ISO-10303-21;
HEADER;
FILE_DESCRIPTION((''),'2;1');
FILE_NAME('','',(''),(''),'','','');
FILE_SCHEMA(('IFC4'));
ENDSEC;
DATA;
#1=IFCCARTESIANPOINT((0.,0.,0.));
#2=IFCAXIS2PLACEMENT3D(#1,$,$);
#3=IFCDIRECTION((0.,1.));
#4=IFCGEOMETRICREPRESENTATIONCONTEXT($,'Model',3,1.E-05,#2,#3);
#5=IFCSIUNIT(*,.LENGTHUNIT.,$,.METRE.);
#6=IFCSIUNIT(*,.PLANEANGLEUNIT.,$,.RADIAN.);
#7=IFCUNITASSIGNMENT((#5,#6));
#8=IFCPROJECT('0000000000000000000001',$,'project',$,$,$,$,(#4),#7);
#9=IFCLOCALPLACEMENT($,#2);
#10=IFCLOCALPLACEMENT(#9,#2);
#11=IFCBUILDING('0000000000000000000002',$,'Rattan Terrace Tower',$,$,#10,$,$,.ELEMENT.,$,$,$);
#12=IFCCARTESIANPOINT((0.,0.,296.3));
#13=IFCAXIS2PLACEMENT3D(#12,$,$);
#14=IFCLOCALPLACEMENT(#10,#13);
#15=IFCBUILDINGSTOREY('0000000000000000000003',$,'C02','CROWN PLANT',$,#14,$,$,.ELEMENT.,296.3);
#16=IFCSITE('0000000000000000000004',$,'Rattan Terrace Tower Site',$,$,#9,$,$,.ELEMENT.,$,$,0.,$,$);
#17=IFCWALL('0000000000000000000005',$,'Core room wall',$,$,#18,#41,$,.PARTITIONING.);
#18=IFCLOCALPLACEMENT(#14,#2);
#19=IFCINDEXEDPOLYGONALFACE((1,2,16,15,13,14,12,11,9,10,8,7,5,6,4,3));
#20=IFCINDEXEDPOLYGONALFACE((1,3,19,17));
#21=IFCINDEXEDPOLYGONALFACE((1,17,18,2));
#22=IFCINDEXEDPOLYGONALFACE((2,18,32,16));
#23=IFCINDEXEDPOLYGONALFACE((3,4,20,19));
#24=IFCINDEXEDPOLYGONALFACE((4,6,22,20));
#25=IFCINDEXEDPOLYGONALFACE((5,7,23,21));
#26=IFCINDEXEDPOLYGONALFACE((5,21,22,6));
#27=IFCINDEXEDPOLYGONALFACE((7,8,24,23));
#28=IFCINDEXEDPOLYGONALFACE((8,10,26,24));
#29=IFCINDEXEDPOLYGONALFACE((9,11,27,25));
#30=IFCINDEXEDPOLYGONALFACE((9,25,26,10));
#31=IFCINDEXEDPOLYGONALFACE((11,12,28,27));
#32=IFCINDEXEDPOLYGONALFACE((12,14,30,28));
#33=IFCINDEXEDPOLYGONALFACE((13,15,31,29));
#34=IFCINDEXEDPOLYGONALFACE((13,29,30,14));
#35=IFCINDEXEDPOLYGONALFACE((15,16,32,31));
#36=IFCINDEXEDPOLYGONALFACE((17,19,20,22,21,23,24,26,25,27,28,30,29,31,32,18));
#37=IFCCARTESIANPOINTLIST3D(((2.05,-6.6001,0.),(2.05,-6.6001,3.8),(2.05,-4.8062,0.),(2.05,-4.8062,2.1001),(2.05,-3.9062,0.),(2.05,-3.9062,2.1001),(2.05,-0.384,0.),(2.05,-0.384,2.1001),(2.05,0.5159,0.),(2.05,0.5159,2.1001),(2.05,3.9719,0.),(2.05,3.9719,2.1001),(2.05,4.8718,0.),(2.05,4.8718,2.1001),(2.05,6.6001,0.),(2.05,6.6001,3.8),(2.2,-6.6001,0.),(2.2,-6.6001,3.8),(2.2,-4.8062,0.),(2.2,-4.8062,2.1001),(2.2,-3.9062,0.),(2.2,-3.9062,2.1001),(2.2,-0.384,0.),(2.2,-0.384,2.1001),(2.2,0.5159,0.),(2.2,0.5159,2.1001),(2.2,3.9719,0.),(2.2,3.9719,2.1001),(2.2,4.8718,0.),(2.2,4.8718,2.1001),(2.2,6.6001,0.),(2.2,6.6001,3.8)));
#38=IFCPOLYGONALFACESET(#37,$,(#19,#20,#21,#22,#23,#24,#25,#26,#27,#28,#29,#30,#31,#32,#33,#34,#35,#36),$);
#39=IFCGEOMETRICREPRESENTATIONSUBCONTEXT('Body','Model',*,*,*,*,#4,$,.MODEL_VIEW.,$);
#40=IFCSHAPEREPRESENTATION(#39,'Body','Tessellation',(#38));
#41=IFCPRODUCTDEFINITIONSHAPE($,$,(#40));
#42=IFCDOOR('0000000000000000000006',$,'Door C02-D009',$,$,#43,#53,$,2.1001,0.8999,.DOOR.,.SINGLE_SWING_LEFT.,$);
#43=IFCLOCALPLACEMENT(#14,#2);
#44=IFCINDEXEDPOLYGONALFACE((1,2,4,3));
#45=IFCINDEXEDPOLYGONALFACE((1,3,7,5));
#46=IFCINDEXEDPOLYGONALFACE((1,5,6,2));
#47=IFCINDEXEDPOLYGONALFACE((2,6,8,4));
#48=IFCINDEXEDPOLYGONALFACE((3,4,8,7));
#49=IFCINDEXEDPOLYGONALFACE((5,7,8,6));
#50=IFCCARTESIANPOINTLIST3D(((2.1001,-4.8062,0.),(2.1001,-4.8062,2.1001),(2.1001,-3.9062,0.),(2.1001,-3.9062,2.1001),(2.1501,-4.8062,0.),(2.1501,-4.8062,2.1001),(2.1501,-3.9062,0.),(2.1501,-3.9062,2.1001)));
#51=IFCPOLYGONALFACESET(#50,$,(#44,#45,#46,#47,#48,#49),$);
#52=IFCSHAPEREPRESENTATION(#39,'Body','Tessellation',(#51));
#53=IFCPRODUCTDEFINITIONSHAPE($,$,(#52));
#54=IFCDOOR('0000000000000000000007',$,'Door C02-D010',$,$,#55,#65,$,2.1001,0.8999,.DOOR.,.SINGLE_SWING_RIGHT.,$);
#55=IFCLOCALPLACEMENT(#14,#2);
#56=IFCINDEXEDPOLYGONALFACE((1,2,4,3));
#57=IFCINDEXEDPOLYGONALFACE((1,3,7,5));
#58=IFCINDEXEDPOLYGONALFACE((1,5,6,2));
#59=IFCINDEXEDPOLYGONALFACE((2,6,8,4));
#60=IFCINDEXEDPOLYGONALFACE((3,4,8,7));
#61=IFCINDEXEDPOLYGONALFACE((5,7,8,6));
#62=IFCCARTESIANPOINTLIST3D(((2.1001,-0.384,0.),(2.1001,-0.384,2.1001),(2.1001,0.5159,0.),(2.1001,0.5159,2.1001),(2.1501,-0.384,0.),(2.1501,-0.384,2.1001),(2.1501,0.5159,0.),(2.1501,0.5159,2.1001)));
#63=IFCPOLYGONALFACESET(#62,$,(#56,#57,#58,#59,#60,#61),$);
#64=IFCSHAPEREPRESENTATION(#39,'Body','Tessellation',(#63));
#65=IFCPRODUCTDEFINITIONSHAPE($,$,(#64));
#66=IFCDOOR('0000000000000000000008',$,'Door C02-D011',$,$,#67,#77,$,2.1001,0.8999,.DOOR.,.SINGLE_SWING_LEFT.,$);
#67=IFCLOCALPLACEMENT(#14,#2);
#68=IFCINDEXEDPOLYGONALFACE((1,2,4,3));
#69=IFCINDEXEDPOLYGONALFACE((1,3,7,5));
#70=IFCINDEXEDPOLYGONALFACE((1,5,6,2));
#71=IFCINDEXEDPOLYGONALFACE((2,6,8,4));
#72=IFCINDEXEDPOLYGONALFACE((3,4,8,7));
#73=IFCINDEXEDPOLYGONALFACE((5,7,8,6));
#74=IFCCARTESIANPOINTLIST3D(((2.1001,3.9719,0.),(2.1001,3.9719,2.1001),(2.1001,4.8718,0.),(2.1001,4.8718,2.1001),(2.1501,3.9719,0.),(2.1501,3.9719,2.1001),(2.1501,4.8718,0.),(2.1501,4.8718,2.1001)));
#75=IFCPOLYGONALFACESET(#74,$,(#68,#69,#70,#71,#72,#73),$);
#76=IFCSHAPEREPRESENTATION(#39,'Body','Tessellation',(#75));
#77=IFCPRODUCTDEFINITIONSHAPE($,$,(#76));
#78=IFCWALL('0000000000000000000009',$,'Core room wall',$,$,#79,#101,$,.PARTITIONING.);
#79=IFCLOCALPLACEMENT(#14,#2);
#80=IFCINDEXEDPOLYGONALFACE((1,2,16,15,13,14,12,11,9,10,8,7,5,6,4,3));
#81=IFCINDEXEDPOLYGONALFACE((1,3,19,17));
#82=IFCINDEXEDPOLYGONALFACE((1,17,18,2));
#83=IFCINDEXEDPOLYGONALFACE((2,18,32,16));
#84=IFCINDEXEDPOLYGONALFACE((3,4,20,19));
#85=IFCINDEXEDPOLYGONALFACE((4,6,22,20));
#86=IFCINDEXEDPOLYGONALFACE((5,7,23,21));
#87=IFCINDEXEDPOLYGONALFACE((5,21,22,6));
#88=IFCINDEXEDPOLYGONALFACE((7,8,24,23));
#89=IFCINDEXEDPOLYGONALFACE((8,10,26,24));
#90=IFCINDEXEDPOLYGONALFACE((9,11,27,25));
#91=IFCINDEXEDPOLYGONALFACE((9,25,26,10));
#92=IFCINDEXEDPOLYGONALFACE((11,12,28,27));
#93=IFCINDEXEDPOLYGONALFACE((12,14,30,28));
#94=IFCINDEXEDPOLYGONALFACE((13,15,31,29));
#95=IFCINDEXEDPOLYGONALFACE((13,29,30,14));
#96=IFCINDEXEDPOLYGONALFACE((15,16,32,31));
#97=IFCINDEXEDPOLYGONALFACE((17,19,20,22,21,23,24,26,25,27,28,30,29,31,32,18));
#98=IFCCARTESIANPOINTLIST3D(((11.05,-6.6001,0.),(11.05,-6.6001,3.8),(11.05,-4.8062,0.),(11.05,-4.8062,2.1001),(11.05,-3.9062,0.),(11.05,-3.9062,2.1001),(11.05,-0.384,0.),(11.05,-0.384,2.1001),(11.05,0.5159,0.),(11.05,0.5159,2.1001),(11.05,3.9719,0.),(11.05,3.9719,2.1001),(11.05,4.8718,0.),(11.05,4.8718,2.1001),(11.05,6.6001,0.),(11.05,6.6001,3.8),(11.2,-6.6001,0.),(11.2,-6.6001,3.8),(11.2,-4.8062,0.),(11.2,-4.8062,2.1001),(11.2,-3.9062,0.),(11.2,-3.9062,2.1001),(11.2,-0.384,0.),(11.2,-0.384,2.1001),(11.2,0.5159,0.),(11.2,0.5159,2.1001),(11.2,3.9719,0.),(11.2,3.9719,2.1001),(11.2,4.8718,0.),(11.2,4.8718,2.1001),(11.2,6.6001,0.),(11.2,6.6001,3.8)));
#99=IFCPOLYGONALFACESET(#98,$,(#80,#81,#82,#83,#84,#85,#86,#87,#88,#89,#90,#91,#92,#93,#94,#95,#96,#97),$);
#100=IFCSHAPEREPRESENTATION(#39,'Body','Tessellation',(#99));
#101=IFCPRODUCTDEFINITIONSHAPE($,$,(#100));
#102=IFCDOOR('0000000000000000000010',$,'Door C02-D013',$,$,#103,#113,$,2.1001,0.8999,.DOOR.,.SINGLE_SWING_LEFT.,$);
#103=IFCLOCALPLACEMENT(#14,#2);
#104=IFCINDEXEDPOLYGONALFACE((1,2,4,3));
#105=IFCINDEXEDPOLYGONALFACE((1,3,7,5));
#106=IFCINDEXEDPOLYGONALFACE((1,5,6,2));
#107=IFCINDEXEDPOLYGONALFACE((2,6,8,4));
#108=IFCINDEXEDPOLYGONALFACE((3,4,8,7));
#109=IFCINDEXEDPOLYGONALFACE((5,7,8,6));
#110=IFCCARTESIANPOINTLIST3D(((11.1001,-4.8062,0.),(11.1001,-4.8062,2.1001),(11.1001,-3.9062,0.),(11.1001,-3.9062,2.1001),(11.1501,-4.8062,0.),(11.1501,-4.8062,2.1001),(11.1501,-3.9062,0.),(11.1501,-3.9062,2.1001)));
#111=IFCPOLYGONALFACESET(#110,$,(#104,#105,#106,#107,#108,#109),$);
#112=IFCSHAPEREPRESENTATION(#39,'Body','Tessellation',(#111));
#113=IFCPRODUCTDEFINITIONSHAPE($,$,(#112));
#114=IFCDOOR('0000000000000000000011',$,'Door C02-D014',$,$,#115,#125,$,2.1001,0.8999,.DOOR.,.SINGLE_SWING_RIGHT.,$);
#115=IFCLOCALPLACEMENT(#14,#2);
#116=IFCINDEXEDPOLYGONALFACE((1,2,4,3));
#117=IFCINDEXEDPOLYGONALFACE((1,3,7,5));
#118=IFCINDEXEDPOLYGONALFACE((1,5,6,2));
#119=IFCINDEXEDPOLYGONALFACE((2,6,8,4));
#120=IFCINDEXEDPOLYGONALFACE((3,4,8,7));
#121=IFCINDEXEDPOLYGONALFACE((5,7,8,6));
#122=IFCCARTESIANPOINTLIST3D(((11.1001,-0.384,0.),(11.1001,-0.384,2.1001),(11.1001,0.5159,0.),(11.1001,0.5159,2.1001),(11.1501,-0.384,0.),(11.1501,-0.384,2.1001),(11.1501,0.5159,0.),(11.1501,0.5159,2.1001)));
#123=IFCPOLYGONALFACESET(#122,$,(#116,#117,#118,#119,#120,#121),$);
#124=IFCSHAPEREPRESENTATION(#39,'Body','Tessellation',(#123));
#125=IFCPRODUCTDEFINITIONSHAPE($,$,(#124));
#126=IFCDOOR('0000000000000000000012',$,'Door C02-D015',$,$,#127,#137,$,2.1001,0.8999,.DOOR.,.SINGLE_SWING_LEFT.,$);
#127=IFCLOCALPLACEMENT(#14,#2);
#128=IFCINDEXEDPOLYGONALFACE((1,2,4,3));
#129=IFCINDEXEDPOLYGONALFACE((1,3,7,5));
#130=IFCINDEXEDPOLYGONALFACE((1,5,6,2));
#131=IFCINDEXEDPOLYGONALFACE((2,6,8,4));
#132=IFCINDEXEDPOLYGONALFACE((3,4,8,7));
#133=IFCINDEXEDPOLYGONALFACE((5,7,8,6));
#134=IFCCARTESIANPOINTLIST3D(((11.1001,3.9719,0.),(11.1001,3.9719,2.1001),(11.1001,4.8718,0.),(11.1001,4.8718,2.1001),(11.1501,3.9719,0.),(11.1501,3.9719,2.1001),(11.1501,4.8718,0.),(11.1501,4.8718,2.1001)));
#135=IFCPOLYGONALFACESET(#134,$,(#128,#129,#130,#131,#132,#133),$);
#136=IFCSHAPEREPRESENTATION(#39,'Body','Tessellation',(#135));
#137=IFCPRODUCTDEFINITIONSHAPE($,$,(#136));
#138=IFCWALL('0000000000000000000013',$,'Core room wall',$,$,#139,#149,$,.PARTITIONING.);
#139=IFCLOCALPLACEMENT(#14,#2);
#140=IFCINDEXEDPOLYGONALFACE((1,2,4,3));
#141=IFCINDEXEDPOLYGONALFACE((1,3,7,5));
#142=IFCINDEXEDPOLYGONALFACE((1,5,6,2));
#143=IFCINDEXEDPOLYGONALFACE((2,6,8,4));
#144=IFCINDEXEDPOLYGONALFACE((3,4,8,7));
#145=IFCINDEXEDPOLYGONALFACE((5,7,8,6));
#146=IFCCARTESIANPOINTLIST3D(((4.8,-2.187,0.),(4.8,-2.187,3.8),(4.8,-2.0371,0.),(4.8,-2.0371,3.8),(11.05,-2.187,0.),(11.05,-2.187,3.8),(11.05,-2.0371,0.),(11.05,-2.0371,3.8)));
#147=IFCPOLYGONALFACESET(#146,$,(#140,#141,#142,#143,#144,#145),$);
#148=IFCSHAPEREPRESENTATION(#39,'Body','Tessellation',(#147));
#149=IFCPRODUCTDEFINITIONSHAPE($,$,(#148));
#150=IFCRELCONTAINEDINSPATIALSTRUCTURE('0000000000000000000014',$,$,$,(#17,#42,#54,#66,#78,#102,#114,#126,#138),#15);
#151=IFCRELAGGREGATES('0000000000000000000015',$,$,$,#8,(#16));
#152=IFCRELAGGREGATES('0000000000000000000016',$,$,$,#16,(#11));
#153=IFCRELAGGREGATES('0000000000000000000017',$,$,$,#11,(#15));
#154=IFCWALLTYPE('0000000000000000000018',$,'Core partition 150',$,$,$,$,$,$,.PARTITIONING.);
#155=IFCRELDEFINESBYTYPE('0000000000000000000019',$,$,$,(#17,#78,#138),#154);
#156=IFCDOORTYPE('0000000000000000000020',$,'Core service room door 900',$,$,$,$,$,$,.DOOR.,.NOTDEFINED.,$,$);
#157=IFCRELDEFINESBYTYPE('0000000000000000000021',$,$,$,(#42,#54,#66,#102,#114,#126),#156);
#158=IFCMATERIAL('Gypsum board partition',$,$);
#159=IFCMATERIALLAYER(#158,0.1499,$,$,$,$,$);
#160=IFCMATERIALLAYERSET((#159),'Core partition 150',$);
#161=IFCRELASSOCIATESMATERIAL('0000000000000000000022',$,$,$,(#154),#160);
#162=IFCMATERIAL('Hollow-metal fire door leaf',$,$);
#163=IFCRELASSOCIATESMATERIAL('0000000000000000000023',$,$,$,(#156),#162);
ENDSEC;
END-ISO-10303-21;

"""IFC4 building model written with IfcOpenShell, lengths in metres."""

from ifc_helpers import new_model, si_unit, direction, frame, frame_2d, origin, place, context, subcontext, project, spatial, rectangle, extrude, material, layer, layer_set, type_object, element, fill, save


model = new_model("IFC4")

# Units and contexts
model_context = context("Model", 3, precision=1e-05, world=origin(), true_north=direction((0.0, 1.0)))
body_context = subcontext(model_context, "Body", "Model", "MODEL_VIEW")
ifc_project = project(units=[si_unit("LENGTHUNIT", "METRE"), si_unit("PLANEANGLEUNIT", "RADIAN")], contexts=[model_context])

# Site, building, storey
site_placement = place(None, origin())
site = spatial("IfcSite", under=ifc_project, at=site_placement, Name="Rattan Terrace Tower Site", CompositionType="ELEMENT", RefElevation=0.0)
building_placement = place(site_placement, origin())
building = spatial("IfcBuilding", under=site, at=building_placement, Name="Rattan Terrace Tower", CompositionType="ELEMENT")
storey_placement = place(building_placement, frame((0.0, 0.0, 296.3)))
storey = spatial("IfcBuildingStorey", under=building, at=storey_placement, Name="C02", Description="CROWN PLANT", CompositionType="ELEMENT", Elevation=296.3)

# Walls, openings, doors
ifc_material_1 = material(Name="Gypsum board partition")
ifc_layer_1 = layer(ifc_material_1, 0.1499)
ifc_layer_set_1 = layer_set([ifc_layer_1], Name="Core partition 150")
wall_type_1 = type_object("IfcWallType", Name="Core partition 150", PredefinedType="PARTITIONING", material=ifc_layer_set_1)
wall_1_placement = place(storey_placement, frame((2.125, -6.6001, 0.0), z_axis=(0.0, 0.0, 1.0), x_axis=(0.0, 1.0, 0.0)))
wall_1 = element("IfcWall", 1, at=wall_1_placement, inside=storey, type_object=wall_type_1, Name="Core room wall", PredefinedType="PARTITIONING", context=body_context, shape_type="SweptSolid", body=[
    extrude(rectangle(XDim=13.2002, YDim=0.1499, at=frame_2d((6.6001, 0.0))), origin(), (0.0, 0.0, 1.0), 3.8),
])
opening_1_placement = place(wall_1_placement, frame((1.7939, 0.0, 0.0)))
opening_1 = element("IfcOpeningElement", 2, at=opening_1_placement, cuts=wall_1, PredefinedType="OPENING", context=body_context, shape_type="SweptSolid", body=[
    extrude(rectangle(XDim=0.8999, YDim=2.1001, at=frame_2d((0.45, 1.05))), frame((0.0, 0.0854, 0.0), z_axis=(0.0, -1.0, 0.0), x_axis=(1.0, 0.0, 0.0)), (0.0, 0.0, 1.0), 0.1709),
])
opening_2_placement = place(wall_1_placement, frame((6.2161, 0.0, 0.0)))
opening_2 = element("IfcOpeningElement", 3, at=opening_2_placement, cuts=wall_1, PredefinedType="OPENING", context=body_context, shape_type="SweptSolid", body=[
    extrude(rectangle(XDim=0.8999, YDim=2.1001, at=frame_2d((0.45, 1.05))), frame((0.0, 0.0854, 0.0), z_axis=(0.0, -1.0, 0.0), x_axis=(1.0, 0.0, 0.0)), (0.0, 0.0, 1.0), 0.1709),
])
opening_3_placement = place(wall_1_placement, frame((10.572, 0.0, 0.0)))
opening_3 = element("IfcOpeningElement", 4, at=opening_3_placement, cuts=wall_1, PredefinedType="OPENING", context=body_context, shape_type="SweptSolid", body=[
    extrude(rectangle(XDim=0.8999, YDim=2.1001, at=frame_2d((0.45, 1.05))), frame((0.0, 0.0854, 0.0), z_axis=(0.0, -1.0, 0.0), x_axis=(1.0, 0.0, 0.0)), (0.0, 0.0, 1.0), 0.1709),
])
ifc_material_2 = material(Name="Hollow-metal fire door leaf")
door_type_1 = type_object("IfcDoorType", Name="Core service room door 900", OperationType="NOTDEFINED", PredefinedType="DOOR", material=ifc_material_2)
door_1_placement = place(opening_1_placement, origin())
door_1 = element("IfcDoor", 5, at=door_1_placement, inside=storey, type_object=door_type_1, Name="Door C02-D009", OperationType="SINGLE_SWING_LEFT", OverallHeight=2.1001, OverallWidth=0.8999, PredefinedType="DOOR", context=body_context, shape_type="SweptSolid", body=[
    extrude(rectangle(XDim=0.8999, YDim=2.1001, at=frame_2d((0.45, 1.05))), frame((0.0, 0.0249, 0.0), z_axis=(0.0, -1.0, 0.0), x_axis=(1.0, 0.0, 0.0)), (0.0, 0.0, 1.0), 0.05),
])
fill(opening_1, door_1)
door_2_placement = place(opening_2_placement, origin())
door_2 = element("IfcDoor", 6, at=door_2_placement, inside=storey, type_object=door_type_1, Name="Door C02-D010", OperationType="SINGLE_SWING_RIGHT", OverallHeight=2.1001, OverallWidth=0.8999, PredefinedType="DOOR", context=body_context, shape_type="SweptSolid", body=[
    extrude(rectangle(XDim=0.8999, YDim=2.1001, at=frame_2d((0.45, 1.05))), frame((0.0, 0.0249, 0.0), z_axis=(0.0, -1.0, 0.0), x_axis=(1.0, 0.0, 0.0)), (0.0, 0.0, 1.0), 0.05),
])
fill(opening_2, door_2)
door_3_placement = place(opening_3_placement, origin())
door_3 = element("IfcDoor", 7, at=door_3_placement, inside=storey, type_object=door_type_1, Name="Door C02-D011", OperationType="SINGLE_SWING_LEFT", OverallHeight=2.1001, OverallWidth=0.8999, PredefinedType="DOOR", context=body_context, shape_type="SweptSolid", body=[
    extrude(rectangle(XDim=0.8999, YDim=2.1001, at=frame_2d((0.45, 1.05))), frame((0.0, 0.0249, 0.0), z_axis=(0.0, -1.0, 0.0), x_axis=(1.0, 0.0, 0.0)), (0.0, 0.0, 1.0), 0.05),
])
fill(opening_3, door_3)
wall_2_placement = place(storey_placement, frame((11.125, -6.6001, 0.0), z_axis=(0.0, 0.0, 1.0), x_axis=(0.0, 1.0, 0.0)))
wall_2 = element("IfcWall", 8, at=wall_2_placement, inside=storey, type_object=wall_type_1, Name="Core room wall", PredefinedType="PARTITIONING", context=body_context, shape_type="SweptSolid", body=[
    extrude(rectangle(XDim=13.2002, YDim=0.1499, at=frame_2d((6.6001, 0.0))), origin(), (0.0, 0.0, 1.0), 3.8),
])
opening_4_placement = place(wall_2_placement, frame((1.7939, 0.0, 0.0)))
opening_4 = element("IfcOpeningElement", 9, at=opening_4_placement, cuts=wall_2, PredefinedType="OPENING", context=body_context, shape_type="SweptSolid", body=[
    extrude(rectangle(XDim=0.8999, YDim=2.1001, at=frame_2d((0.45, 1.05))), frame((0.0, 0.0854, 0.0), z_axis=(0.0, -1.0, 0.0), x_axis=(1.0, 0.0, 0.0)), (0.0, 0.0, 1.0), 0.1709),
])
opening_5_placement = place(wall_2_placement, frame((6.2161, 0.0, 0.0)))
opening_5 = element("IfcOpeningElement", 10, at=opening_5_placement, cuts=wall_2, PredefinedType="OPENING", context=body_context, shape_type="SweptSolid", body=[
    extrude(rectangle(XDim=0.8999, YDim=2.1001, at=frame_2d((0.45, 1.05))), frame((0.0, 0.0854, 0.0), z_axis=(0.0, -1.0, 0.0), x_axis=(1.0, 0.0, 0.0)), (0.0, 0.0, 1.0), 0.1709),
])
opening_6_placement = place(wall_2_placement, frame((10.572, 0.0, 0.0)))
opening_6 = element("IfcOpeningElement", 11, at=opening_6_placement, cuts=wall_2, PredefinedType="OPENING", context=body_context, shape_type="SweptSolid", body=[
    extrude(rectangle(XDim=0.8999, YDim=2.1001, at=frame_2d((0.45, 1.05))), frame((0.0, 0.0854, 0.0), z_axis=(0.0, -1.0, 0.0), x_axis=(1.0, 0.0, 0.0)), (0.0, 0.0, 1.0), 0.1709),
])
door_4_placement = place(opening_4_placement, origin())
door_4 = element("IfcDoor", 12, at=door_4_placement, inside=storey, type_object=door_type_1, Name="Door C02-D013", OperationType="SINGLE_SWING_LEFT", OverallHeight=2.1001, OverallWidth=0.8999, PredefinedType="DOOR", context=body_context, shape_type="SweptSolid", body=[
    extrude(rectangle(XDim=0.8999, YDim=2.1001, at=frame_2d((0.45, 1.05))), frame((0.0, 0.0249, 0.0), z_axis=(0.0, -1.0, 0.0), x_axis=(1.0, 0.0, 0.0)), (0.0, 0.0, 1.0), 0.05),
])
fill(opening_4, door_4)
door_5_placement = place(opening_5_placement, origin())
door_5 = element("IfcDoor", 13, at=door_5_placement, inside=storey, type_object=door_type_1, Name="Door C02-D014", OperationType="SINGLE_SWING_RIGHT", OverallHeight=2.1001, OverallWidth=0.8999, PredefinedType="DOOR", context=body_context, shape_type="SweptSolid", body=[
    extrude(rectangle(XDim=0.8999, YDim=2.1001, at=frame_2d((0.45, 1.05))), frame((0.0, 0.0249, 0.0), z_axis=(0.0, -1.0, 0.0), x_axis=(1.0, 0.0, 0.0)), (0.0, 0.0, 1.0), 0.05),
])
fill(opening_5, door_5)
door_6_placement = place(opening_6_placement, origin())
door_6 = element("IfcDoor", 14, at=door_6_placement, inside=storey, type_object=door_type_1, Name="Door C02-D015", OperationType="SINGLE_SWING_LEFT", OverallHeight=2.1001, OverallWidth=0.8999, PredefinedType="DOOR", context=body_context, shape_type="SweptSolid", body=[
    extrude(rectangle(XDim=0.8999, YDim=2.1001, at=frame_2d((0.45, 1.05))), frame((0.0, 0.0249, 0.0), z_axis=(0.0, -1.0, 0.0), x_axis=(1.0, 0.0, 0.0)), (0.0, 0.0, 1.0), 0.05),
])
fill(opening_6, door_6)

# Wall
wall_3_placement = place(storey_placement, frame((4.8, -2.1121, 0.0), z_axis=(0.0, 0.0, 1.0), x_axis=(1.0, 0.0, 0.0)))
element("IfcWall", 15, at=wall_3_placement, inside=storey, type_object=wall_type_1, Name="Core room wall", PredefinedType="PARTITIONING", context=body_context, shape_type="SweptSolid", body=[
    extrude(rectangle(XDim=6.25, YDim=0.1499, at=frame_2d((3.125, 0.0))), origin(), (0.0, 0.0, 1.0), 3.8),
])

save(model, "model.ifc")
